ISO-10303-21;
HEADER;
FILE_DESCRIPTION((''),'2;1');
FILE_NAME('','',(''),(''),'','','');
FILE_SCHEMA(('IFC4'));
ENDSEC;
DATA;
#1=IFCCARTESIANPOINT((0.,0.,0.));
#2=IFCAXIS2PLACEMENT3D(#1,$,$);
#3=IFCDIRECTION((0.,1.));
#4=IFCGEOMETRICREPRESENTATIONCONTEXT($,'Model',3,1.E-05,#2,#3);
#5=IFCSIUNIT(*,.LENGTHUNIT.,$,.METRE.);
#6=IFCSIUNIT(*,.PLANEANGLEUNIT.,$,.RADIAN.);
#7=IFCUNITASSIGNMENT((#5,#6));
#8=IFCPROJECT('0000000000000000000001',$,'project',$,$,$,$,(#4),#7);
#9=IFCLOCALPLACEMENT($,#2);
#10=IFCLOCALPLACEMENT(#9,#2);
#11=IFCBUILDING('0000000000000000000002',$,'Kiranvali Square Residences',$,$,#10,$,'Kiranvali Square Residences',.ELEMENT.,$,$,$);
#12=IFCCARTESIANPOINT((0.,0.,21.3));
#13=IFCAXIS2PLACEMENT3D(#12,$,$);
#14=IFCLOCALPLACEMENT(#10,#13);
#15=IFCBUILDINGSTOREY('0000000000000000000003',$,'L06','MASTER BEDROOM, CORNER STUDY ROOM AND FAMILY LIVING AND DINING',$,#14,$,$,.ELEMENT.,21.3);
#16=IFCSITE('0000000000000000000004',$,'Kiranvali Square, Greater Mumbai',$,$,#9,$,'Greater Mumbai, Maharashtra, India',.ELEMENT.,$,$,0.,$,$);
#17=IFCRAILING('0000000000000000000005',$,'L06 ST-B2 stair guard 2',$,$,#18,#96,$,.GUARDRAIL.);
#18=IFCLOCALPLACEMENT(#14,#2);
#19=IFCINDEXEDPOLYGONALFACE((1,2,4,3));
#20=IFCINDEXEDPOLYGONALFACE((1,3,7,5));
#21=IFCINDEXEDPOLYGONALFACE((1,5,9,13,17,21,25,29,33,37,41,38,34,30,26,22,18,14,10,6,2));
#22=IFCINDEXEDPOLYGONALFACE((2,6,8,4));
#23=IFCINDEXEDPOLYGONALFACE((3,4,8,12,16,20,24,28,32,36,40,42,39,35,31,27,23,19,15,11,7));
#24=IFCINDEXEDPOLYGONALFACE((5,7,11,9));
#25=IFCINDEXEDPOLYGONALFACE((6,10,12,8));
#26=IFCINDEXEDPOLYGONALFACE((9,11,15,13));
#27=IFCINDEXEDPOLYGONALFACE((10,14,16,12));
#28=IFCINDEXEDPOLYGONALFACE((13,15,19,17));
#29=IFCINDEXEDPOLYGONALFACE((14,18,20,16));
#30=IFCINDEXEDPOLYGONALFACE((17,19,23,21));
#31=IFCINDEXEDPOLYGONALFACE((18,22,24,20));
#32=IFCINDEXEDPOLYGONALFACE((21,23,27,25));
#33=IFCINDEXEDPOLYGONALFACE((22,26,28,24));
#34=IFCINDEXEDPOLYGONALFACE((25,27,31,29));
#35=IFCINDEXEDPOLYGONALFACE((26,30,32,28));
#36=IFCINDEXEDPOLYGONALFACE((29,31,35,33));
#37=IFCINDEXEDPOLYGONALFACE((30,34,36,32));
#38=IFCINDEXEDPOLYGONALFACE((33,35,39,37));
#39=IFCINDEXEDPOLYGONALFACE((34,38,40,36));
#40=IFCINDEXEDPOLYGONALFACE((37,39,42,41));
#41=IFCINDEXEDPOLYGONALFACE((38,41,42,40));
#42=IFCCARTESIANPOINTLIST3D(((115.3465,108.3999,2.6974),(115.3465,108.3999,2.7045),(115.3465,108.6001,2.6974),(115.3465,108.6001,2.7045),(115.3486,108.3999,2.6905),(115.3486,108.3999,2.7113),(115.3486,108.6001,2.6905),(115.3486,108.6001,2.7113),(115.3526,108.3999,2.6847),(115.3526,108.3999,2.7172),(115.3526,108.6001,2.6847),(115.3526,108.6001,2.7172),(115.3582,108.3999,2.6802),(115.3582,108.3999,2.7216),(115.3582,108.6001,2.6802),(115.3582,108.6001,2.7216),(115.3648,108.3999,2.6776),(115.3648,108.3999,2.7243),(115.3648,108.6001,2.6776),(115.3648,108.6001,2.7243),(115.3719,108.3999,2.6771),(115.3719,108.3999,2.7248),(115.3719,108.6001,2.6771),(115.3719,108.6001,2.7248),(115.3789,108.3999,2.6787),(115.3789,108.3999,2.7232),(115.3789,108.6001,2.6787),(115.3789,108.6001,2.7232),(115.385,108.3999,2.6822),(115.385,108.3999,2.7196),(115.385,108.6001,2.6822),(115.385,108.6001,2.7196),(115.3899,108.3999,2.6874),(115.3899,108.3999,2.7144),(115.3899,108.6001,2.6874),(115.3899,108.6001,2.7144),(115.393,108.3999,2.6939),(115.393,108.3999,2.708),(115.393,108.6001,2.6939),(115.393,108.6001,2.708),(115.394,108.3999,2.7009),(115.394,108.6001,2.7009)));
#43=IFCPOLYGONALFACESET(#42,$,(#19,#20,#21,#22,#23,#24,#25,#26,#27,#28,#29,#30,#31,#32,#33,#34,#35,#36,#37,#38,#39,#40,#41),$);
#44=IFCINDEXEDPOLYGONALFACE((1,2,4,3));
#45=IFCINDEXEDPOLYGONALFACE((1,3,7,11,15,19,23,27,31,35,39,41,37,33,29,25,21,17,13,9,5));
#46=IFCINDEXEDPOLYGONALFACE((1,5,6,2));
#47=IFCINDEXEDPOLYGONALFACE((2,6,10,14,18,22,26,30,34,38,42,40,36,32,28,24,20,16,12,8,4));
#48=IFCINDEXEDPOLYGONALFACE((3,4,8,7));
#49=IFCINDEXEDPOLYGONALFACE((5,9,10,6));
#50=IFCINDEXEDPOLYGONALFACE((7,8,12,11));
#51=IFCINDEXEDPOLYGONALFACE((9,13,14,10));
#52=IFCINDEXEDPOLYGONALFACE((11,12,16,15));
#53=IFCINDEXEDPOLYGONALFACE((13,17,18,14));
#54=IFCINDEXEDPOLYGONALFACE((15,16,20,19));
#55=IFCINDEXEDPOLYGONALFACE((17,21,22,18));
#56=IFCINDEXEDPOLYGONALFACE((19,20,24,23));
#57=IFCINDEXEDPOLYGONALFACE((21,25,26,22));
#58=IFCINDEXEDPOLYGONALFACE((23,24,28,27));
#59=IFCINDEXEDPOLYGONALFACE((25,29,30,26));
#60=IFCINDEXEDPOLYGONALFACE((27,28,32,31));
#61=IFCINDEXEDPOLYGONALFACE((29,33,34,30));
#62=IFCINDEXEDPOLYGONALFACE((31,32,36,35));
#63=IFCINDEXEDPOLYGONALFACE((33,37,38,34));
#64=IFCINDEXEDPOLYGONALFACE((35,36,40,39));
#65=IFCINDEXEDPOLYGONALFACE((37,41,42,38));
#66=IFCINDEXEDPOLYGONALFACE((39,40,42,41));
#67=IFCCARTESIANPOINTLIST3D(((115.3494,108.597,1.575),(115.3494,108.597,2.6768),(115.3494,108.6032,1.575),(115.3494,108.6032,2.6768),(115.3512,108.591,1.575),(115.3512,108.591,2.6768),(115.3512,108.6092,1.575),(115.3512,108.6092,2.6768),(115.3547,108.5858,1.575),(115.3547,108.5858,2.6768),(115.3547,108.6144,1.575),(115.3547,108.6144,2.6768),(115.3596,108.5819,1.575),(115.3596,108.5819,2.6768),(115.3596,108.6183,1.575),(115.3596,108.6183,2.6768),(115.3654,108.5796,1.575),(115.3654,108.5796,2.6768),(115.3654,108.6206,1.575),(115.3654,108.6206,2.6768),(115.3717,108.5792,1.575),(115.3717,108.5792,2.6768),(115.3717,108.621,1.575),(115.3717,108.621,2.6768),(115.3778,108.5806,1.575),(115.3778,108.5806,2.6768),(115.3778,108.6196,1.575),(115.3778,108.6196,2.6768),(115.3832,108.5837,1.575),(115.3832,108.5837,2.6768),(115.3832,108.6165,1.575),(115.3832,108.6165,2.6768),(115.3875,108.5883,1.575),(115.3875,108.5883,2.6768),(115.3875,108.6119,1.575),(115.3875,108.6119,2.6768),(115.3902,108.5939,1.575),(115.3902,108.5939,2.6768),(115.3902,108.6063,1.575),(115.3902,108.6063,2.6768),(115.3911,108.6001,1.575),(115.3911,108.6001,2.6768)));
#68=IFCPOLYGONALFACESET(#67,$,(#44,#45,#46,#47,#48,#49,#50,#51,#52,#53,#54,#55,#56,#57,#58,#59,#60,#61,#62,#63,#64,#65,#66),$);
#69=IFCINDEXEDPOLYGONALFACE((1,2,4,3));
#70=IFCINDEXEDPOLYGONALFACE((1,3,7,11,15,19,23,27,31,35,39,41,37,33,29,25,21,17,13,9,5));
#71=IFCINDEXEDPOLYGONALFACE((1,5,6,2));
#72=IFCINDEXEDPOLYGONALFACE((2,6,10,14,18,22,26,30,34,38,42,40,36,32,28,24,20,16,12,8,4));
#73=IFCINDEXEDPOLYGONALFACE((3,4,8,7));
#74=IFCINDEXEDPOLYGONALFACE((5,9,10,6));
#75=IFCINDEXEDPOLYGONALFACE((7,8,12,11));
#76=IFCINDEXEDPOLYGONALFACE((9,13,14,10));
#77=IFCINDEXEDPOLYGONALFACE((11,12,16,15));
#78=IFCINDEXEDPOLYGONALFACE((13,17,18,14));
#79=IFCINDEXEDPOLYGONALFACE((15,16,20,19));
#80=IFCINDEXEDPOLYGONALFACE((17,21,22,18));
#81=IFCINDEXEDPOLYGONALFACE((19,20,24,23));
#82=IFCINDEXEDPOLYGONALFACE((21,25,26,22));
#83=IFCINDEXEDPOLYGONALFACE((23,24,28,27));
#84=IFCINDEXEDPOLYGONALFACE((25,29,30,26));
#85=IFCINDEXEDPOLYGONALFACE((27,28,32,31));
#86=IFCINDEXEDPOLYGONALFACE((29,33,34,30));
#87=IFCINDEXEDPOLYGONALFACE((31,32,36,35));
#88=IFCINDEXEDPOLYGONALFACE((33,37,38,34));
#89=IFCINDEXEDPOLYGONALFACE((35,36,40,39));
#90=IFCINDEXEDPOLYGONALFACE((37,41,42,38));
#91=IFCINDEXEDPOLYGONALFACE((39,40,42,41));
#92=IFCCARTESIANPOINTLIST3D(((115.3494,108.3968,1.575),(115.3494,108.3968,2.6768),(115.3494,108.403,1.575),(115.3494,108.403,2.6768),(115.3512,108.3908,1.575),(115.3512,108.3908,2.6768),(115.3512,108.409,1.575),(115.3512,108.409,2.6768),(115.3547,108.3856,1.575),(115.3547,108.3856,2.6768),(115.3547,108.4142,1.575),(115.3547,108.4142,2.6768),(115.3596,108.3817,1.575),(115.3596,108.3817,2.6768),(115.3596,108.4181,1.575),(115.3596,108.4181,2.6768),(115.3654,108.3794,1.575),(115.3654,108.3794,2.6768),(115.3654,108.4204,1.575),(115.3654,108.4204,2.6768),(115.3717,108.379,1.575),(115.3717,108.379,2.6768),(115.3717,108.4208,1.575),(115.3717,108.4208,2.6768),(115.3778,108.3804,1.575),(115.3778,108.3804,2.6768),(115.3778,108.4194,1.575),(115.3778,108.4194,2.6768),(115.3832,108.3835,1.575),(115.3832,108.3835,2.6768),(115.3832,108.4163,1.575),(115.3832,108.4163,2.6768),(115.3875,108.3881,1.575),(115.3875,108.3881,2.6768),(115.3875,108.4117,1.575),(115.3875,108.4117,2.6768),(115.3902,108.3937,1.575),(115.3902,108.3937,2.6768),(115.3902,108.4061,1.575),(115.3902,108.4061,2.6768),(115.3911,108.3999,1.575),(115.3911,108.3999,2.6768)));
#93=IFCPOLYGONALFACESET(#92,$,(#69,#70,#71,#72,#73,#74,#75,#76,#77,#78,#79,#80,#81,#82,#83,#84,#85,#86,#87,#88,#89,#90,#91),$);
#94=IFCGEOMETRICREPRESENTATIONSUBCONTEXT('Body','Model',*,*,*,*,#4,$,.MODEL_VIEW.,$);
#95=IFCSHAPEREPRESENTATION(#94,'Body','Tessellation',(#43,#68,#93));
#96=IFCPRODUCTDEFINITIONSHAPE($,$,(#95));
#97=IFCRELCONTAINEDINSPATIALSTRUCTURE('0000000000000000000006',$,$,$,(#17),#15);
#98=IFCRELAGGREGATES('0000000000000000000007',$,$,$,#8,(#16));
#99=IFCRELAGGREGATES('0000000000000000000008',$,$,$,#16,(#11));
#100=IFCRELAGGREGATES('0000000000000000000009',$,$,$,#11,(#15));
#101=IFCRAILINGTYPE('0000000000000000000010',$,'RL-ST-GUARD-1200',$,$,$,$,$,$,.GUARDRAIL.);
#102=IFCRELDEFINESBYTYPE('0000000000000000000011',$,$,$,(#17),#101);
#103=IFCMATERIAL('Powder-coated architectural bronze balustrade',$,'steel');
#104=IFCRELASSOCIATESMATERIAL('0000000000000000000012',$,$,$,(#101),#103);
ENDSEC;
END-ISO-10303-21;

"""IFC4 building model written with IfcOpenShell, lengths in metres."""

from ifc_helpers import new_model, si_unit, direction, frame, origin, origin_2d, place, context, subcontext, project, spatial, circle, extrude, material, type_object, element, save


model = new_model("IFC4")

# Units and contexts
model_context = context("Model", 3, precision=1e-05, world=origin(), true_north=direction((0.0, 1.0)))
body_context = subcontext(model_context, "Body", "Model", "MODEL_VIEW")
ifc_project = project(units=[si_unit("LENGTHUNIT", "METRE"), si_unit("PLANEANGLEUNIT", "RADIAN")], contexts=[model_context])

# Site, building, storey
site_placement = place(None, origin())
site = spatial("IfcSite", under=ifc_project, at=site_placement, Name="Kiranvali Square, Greater Mumbai", LongName="Greater Mumbai, Maharashtra, India", CompositionType="ELEMENT", RefElevation=0.0)
building_placement = place(site_placement, origin())
building = spatial("IfcBuilding", under=site, at=building_placement, Name="Kiranvali Square Residences", LongName="Kiranvali Square Residences", CompositionType="ELEMENT")
storey_placement = place(building_placement, frame((0.0, 0.0, 21.3)))
storey = spatial("IfcBuildingStorey", under=building, at=storey_placement, Name="L06", Description="MASTER BEDROOM, CORNER STUDY ROOM AND FAMILY LIVING AND DINING", CompositionType="ELEMENT", Elevation=21.3)

# Railing
ifc_material_1 = material(Name="Powder-coated architectural bronze balustrade", Category="steel")
railing_type_1 = type_object("IfcRailingType", Name="RL-ST-GUARD-1200", PredefinedType="GUARDRAIL", material=ifc_material_1)
railing_1_placement = place(storey_placement, frame((115.3701, 108.6001, 1.575)))
element("IfcRailing", 1, at=railing_1_placement, inside=storey, type_object=railing_type_1, Name="L06 ST-B2 stair guard 2", PredefinedType="GUARDRAIL", context=body_context, shape_type="SweptSolid", body=[
    extrude(circle(Radius=0.0239, at=origin_2d()), frame((0.0, 0.0, 1.126), z_axis=(0.0, -1.0, 0.0), x_axis=(1.0, 0.0, 0.0)), (0.0, 0.0, 1.0), 0.2002),
    extrude(circle(Radius=0.021, at=origin_2d()), origin(), (0.0, 0.0, 1.0), 1.1018),
    extrude(circle(Radius=0.021, at=origin_2d()), frame((0.0, -0.2002, 0.0)), (0.0, 0.0, 1.0), 1.1018),
])

save(model, "model.ifc")
